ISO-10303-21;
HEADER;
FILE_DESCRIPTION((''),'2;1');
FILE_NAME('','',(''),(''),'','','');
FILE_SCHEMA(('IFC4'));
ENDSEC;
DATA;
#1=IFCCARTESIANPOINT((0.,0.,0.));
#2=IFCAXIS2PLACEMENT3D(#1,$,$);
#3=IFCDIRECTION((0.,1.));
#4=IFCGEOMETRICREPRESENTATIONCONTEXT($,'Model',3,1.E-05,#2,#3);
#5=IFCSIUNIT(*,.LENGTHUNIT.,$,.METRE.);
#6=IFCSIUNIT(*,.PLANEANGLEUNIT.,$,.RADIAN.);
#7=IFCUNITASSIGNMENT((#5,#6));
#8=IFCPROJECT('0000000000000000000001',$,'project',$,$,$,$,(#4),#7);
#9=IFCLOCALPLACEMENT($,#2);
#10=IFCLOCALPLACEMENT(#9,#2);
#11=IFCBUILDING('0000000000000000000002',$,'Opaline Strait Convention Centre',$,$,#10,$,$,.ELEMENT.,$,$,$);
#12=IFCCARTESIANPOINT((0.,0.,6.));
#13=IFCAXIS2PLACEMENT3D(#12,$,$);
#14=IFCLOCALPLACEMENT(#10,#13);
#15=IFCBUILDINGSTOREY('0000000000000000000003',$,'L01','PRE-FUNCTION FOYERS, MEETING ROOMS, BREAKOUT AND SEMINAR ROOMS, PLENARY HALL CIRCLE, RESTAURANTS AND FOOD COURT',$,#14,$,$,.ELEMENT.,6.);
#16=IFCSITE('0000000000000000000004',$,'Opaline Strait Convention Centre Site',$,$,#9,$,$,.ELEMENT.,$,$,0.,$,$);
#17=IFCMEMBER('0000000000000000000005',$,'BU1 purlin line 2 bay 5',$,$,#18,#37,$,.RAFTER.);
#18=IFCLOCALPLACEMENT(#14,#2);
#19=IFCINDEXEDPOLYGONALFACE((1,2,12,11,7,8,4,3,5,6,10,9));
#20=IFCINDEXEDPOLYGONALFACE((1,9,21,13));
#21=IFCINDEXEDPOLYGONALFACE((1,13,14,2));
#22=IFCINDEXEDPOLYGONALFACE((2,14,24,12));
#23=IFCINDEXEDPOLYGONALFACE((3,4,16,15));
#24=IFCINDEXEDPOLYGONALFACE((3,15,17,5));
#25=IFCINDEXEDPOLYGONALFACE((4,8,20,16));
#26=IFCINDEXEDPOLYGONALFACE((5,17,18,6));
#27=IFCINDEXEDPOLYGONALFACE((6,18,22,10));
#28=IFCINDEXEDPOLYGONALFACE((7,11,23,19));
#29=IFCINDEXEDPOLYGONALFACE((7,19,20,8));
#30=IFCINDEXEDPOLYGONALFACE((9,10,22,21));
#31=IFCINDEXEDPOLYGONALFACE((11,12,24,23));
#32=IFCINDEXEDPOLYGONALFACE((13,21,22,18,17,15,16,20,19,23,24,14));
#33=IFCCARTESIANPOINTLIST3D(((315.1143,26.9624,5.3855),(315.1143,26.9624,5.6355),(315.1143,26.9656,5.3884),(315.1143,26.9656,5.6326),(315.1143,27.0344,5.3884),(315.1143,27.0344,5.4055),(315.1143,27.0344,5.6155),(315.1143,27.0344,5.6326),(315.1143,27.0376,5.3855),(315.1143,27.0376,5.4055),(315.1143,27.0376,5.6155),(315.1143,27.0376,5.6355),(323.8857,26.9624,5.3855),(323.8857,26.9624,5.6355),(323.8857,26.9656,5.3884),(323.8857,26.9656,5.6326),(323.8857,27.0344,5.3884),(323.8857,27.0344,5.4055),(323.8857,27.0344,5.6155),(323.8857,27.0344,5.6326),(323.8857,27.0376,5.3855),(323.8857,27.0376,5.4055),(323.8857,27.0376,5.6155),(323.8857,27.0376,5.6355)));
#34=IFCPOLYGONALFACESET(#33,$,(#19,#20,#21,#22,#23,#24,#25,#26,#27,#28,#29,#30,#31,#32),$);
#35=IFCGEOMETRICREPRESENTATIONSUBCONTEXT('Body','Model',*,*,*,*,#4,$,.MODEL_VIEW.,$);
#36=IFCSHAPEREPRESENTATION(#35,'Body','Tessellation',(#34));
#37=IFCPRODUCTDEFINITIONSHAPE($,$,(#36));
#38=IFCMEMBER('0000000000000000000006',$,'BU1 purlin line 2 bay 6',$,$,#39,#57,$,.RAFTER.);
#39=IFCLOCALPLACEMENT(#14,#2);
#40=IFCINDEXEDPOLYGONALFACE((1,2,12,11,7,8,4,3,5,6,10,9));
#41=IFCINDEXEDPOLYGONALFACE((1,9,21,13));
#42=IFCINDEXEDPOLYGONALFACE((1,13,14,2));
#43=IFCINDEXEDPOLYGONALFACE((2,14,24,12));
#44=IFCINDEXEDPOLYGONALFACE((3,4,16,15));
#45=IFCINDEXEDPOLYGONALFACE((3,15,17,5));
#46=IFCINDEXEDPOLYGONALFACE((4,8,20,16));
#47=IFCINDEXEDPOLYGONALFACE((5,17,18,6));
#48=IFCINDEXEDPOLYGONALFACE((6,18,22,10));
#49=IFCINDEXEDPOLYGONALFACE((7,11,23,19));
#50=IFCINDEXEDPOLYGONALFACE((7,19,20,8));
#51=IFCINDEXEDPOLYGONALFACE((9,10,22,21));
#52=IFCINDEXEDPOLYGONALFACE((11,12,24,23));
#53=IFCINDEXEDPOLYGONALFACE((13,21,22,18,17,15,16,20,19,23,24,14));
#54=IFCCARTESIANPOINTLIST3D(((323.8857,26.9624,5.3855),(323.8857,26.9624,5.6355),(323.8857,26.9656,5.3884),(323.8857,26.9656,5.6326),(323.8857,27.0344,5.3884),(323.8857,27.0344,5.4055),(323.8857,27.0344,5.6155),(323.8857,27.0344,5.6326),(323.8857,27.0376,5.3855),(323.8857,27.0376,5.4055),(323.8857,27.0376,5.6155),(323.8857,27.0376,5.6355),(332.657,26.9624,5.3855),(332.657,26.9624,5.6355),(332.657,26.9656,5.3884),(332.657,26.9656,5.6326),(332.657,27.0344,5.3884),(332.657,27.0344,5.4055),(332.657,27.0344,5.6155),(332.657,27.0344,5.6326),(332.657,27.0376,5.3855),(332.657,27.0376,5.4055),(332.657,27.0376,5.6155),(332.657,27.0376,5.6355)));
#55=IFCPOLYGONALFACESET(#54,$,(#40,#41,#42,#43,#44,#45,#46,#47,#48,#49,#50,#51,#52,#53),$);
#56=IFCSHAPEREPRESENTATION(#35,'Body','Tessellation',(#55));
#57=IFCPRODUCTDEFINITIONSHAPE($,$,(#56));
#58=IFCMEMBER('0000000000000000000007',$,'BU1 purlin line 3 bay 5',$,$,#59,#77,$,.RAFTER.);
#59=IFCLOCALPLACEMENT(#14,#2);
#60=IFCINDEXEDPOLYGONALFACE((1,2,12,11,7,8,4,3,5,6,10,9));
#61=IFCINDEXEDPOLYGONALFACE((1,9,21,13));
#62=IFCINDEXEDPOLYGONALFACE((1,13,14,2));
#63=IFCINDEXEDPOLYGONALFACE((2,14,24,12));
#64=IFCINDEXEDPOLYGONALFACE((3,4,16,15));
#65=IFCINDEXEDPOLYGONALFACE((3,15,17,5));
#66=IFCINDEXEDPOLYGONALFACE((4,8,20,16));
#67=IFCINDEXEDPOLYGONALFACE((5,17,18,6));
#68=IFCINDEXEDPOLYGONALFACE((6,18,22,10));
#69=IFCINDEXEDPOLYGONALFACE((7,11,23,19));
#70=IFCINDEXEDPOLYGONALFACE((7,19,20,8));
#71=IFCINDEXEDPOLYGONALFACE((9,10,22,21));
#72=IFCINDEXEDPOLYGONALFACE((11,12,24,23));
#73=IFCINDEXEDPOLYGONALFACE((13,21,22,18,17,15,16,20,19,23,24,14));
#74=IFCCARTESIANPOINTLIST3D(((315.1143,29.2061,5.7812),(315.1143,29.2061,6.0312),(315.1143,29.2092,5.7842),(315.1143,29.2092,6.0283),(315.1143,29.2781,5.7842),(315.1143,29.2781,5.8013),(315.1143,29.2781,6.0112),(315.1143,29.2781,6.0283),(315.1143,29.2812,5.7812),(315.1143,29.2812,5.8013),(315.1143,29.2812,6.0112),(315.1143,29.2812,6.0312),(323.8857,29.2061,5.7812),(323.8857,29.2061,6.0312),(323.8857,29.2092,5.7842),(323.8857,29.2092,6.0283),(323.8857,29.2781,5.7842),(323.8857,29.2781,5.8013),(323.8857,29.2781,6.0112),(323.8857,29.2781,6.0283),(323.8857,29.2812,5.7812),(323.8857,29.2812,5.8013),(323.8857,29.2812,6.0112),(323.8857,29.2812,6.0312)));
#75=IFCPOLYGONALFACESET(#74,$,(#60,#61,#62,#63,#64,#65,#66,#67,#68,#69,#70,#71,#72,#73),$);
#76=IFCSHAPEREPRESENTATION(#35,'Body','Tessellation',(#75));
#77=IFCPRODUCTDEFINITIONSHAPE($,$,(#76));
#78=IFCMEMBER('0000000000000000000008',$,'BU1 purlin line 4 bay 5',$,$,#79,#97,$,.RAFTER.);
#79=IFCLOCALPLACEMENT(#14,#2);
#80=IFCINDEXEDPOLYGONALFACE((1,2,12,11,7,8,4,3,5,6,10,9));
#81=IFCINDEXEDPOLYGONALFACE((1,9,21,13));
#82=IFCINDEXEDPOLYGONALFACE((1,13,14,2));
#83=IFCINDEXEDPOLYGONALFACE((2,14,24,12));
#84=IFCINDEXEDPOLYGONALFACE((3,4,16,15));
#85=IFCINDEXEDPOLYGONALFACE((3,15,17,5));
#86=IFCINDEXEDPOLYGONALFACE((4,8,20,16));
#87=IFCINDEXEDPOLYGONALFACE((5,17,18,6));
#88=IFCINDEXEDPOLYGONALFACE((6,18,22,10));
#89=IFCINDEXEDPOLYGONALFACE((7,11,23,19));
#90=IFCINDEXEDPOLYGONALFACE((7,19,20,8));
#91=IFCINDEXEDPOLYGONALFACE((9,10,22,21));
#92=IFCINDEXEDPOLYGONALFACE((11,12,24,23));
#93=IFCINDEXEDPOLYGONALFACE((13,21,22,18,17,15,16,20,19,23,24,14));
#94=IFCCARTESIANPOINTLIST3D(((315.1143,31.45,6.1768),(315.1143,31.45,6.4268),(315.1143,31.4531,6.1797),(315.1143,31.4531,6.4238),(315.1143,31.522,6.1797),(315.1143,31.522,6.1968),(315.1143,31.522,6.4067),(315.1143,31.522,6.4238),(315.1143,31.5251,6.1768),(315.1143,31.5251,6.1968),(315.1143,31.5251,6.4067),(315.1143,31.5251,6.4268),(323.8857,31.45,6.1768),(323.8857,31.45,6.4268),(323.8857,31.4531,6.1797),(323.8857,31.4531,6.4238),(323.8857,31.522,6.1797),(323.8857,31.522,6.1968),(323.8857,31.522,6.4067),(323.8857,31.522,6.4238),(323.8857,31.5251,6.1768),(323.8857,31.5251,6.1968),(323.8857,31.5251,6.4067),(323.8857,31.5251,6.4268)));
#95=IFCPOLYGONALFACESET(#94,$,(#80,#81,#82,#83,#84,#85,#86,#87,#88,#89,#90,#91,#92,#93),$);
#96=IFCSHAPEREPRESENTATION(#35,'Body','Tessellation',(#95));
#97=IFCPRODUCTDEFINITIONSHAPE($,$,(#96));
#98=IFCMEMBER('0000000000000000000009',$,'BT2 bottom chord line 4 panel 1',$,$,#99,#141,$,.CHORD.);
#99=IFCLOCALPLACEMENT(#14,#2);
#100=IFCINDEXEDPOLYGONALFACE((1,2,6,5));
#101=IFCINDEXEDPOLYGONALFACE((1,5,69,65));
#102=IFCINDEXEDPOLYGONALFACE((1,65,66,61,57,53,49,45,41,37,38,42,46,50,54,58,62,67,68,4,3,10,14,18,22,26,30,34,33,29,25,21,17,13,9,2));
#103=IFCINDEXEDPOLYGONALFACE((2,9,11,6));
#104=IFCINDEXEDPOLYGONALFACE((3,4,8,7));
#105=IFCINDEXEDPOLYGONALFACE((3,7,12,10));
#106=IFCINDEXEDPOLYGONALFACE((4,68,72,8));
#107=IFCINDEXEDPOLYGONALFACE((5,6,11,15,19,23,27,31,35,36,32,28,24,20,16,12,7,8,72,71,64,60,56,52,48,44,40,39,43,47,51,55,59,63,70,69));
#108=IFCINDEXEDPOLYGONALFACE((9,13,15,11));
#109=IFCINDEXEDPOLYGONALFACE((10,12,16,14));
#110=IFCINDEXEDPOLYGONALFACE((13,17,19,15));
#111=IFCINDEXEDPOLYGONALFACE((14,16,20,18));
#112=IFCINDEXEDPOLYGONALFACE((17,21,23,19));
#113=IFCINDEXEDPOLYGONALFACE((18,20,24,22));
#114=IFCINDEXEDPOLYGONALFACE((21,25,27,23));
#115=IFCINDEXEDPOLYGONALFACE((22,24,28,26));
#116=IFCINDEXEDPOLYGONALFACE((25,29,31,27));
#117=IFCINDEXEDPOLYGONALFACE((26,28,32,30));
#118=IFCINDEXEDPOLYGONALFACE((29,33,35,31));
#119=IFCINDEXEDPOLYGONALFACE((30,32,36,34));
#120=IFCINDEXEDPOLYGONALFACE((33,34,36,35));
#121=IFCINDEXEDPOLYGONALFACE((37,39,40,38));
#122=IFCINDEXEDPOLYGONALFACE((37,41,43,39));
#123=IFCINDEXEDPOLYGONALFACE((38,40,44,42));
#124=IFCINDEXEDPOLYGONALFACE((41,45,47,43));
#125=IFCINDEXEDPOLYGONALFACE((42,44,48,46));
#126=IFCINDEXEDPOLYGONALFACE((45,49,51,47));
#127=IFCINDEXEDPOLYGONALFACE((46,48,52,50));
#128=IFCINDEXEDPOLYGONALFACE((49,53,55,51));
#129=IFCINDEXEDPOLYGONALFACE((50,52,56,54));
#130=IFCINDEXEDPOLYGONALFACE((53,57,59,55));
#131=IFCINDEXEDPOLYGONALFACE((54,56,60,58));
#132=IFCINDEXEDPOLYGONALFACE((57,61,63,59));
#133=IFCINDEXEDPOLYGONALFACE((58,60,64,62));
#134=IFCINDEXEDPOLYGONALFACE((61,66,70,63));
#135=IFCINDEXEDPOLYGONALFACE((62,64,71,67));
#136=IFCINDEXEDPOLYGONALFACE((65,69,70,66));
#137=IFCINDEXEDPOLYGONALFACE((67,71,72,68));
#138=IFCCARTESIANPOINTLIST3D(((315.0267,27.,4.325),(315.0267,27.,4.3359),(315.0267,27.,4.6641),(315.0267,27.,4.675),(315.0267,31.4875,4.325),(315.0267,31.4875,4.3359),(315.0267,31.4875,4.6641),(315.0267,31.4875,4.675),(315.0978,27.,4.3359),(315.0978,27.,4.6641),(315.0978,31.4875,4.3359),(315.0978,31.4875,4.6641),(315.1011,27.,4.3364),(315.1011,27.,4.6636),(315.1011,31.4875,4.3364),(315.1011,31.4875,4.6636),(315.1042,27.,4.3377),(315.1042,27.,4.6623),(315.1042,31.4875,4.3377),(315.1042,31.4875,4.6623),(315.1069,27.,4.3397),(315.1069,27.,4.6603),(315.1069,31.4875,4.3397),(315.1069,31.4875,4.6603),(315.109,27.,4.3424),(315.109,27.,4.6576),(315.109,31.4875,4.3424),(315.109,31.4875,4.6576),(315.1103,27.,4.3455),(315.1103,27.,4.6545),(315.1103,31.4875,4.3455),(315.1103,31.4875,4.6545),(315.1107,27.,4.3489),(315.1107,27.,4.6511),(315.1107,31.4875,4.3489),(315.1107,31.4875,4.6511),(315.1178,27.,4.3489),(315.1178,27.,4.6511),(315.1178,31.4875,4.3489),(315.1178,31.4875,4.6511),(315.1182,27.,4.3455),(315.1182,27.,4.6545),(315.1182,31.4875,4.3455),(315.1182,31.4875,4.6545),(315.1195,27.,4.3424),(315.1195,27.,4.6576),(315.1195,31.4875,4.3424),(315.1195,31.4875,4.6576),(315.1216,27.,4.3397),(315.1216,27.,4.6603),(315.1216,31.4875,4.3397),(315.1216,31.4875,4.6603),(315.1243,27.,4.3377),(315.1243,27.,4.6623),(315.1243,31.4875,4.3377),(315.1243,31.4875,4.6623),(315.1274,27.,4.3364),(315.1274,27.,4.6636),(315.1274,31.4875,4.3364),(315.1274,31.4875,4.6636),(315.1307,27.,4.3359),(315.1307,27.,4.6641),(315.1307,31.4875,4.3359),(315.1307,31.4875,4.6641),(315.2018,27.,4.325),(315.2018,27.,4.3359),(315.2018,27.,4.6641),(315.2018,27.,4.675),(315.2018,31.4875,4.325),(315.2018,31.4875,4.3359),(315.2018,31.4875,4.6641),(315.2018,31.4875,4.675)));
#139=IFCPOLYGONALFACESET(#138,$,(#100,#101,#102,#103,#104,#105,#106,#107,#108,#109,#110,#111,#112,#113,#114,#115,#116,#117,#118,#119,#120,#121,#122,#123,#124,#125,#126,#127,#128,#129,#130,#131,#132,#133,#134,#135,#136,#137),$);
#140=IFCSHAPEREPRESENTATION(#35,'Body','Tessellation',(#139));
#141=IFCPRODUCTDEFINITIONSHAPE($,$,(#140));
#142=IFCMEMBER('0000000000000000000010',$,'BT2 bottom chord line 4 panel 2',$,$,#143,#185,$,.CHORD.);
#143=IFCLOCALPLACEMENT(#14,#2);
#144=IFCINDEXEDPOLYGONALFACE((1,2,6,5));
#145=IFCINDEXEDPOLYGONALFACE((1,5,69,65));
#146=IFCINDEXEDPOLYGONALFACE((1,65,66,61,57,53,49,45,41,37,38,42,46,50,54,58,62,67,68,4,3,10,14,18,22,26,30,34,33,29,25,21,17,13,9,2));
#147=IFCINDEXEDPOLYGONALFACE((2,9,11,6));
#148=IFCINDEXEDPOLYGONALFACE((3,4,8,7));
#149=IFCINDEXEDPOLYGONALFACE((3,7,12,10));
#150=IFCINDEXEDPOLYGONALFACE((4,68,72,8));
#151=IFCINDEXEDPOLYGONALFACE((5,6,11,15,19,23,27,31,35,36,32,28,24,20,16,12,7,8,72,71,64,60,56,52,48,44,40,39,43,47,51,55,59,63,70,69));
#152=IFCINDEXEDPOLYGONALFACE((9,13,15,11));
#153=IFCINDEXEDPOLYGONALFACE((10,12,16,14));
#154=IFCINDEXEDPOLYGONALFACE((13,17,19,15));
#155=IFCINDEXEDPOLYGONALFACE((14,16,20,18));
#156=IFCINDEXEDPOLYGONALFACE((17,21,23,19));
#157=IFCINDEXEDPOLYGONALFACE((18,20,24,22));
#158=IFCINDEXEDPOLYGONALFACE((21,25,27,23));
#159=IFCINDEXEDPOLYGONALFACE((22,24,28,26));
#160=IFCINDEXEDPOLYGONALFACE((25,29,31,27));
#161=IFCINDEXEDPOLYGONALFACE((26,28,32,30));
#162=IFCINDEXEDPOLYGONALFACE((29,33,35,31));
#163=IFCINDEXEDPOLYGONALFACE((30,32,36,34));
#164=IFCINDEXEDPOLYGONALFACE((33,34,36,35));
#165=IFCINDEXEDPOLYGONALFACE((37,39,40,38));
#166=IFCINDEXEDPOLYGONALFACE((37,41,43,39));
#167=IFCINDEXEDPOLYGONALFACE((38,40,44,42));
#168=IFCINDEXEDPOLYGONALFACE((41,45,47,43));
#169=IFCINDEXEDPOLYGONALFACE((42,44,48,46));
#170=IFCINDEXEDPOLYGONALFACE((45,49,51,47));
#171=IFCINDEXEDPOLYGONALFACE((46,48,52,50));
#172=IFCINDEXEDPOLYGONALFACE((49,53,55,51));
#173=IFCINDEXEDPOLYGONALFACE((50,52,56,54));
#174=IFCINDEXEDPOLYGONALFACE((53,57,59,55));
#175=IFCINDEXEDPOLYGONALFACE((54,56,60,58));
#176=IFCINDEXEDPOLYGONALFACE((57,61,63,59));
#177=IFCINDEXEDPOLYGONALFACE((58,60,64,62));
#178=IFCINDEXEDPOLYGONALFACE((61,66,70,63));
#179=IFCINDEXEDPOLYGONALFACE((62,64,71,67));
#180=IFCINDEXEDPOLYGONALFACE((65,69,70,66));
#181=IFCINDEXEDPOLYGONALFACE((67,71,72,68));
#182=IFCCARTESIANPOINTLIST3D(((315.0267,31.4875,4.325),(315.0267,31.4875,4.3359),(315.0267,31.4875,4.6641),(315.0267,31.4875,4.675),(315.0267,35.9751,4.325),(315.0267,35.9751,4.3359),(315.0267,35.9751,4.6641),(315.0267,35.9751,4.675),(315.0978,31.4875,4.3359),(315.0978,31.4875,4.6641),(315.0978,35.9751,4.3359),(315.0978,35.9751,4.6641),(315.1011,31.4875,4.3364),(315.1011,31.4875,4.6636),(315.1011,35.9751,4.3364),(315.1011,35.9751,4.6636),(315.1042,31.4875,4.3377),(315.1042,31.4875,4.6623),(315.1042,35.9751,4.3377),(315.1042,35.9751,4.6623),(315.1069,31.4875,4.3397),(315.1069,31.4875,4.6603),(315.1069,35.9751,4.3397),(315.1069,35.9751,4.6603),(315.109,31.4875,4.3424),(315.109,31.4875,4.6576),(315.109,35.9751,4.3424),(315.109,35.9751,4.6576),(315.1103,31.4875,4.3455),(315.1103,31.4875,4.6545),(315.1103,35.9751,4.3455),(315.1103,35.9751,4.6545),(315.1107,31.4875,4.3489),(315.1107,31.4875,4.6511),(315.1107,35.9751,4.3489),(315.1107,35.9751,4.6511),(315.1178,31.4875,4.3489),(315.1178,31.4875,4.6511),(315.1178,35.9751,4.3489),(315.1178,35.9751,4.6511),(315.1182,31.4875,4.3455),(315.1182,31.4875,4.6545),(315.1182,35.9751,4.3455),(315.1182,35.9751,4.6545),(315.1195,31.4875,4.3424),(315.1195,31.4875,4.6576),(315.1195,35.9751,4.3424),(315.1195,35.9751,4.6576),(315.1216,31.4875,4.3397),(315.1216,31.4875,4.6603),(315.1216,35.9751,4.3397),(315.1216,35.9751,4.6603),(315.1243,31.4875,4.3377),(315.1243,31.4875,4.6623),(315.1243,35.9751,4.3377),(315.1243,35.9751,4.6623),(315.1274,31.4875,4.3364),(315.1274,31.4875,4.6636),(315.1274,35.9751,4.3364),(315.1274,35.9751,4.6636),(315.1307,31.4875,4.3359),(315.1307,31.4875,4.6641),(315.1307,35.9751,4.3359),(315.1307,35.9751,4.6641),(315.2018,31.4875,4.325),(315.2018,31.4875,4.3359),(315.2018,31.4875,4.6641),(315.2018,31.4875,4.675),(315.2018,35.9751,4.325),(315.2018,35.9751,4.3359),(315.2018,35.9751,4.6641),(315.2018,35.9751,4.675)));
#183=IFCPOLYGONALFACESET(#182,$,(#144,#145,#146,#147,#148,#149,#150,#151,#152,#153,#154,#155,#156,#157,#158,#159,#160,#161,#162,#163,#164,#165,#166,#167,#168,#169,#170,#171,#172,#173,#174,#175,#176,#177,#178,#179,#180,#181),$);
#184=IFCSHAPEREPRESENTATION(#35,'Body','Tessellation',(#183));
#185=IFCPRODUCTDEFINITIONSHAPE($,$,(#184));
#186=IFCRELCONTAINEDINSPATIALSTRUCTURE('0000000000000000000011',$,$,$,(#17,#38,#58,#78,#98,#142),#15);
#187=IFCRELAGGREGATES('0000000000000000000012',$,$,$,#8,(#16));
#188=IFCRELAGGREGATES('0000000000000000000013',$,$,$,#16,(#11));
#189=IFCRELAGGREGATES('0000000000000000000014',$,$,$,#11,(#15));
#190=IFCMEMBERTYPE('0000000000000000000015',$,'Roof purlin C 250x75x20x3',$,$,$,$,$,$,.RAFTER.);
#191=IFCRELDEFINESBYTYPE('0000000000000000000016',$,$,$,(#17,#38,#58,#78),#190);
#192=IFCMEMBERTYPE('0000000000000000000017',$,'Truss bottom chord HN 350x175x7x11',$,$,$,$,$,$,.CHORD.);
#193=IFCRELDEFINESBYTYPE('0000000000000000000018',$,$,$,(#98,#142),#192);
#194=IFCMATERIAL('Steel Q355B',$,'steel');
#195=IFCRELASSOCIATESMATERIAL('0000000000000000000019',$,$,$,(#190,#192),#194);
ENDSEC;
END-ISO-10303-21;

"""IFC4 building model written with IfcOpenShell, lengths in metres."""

from ifc_helpers import new_model, si_unit, direction, frame, origin, origin_2d, place, context, subcontext, project, spatial, polyline, i_section, outline, extrude, material, material_profile, profile_set, type_object, element, save


model = new_model("IFC4")

# Units and contexts
model_context = context("Model", 3, precision=1e-05, world=origin(), true_north=direction((0.0, 1.0)))
body_context = subcontext(model_context, "Body", "Model", "MODEL_VIEW")
ifc_project = project(units=[si_unit("LENGTHUNIT", "METRE"), si_unit("PLANEANGLEUNIT", "RADIAN")], contexts=[model_context])

# Site, building, storey
site_placement = place(None, origin())
site = spatial("IfcSite", under=ifc_project, at=site_placement, Name="Opaline Strait Convention Centre Site", CompositionType="ELEMENT", RefElevation=0.0)
building_placement = place(site_placement, origin())
building = spatial("IfcBuilding", under=site, at=building_placement, Name="Opaline Strait Convention Centre", CompositionType="ELEMENT")
storey_placement = place(building_placement, frame((0.0, 0.0, 6.0)))
storey = spatial("IfcBuildingStorey", under=building, at=storey_placement, Name="L01", Description="PRE-FUNCTION FOYERS, MEETING ROOMS, BREAKOUT AND SEMINAR ROOMS, PLENARY HALL CIRCLE, RESTAURANTS AND FOOD COURT", CompositionType="ELEMENT", Elevation=6.0)

# Members
ifc_material_1 = material(Name="Steel Q355B", Category="steel")
ifc_material_profile_1 = material_profile(ifc_material_1, outline(polyline([(-0.0376, -0.125), (0.0376, -0.125), (0.0376, -0.105), (0.0344, -0.105), (0.0344, -0.1221), (-0.0344, -0.1221), (-0.0344, 0.1221), (0.0344, 0.1221), (0.0344, 0.105), (0.0376, 0.105), (0.0376, 0.125), (-0.0376, 0.125), (-0.0376, -0.125)])), Name="C 250x75x20x3")
ifc_profile_set_1 = profile_set([ifc_material_profile_1], Name="Steel Q355B")
member_type_1 = type_object("IfcMemberType", Name="Roof purlin C 250x75x20x3", PredefinedType="RAFTER", material=ifc_profile_set_1)
member_1_placement = place(storey_placement, frame((315.1143, 27.0, 5.5105), z_axis=(1.0, 0.0, 0.0), x_axis=(0.0, 1.0, 0.0)))
element("IfcMember", 1, at=member_1_placement, inside=storey, type_object=member_type_1, Name="BU1 purlin line 2 bay 5", PredefinedType="RAFTER", context=body_context, shape_type="SweptSolid", body=[
    extrude(outline(polyline([(-0.0376, -0.125), (0.0376, -0.125), (0.0376, -0.105), (0.0344, -0.105), (0.0344, -0.1221), (-0.0344, -0.1221), (-0.0344, 0.1221), (0.0344, 0.1221), (0.0344, 0.105), (0.0376, 0.105), (0.0376, 0.125), (-0.0376, 0.125), (-0.0376, -0.125)])), origin(), (0.0, 0.0, 1.0), 8.7715),
])
member_2_placement = place(storey_placement, frame((323.8857, 27.0, 5.5105), z_axis=(1.0, 0.0, 0.0), x_axis=(0.0, 1.0, 0.0)))
element("IfcMember", 2, at=member_2_placement, inside=storey, type_object=member_type_1, Name="BU1 purlin line 2 bay 6", PredefinedType="RAFTER", context=body_context, shape_type="SweptSolid", body=[
    extrude(outline(polyline([(-0.0376, -0.125), (0.0376, -0.125), (0.0376, -0.105), (0.0344, -0.105), (0.0344, -0.1221), (-0.0344, -0.1221), (-0.0344, 0.1221), (0.0344, 0.1221), (0.0344, 0.105), (0.0376, 0.105), (0.0376, 0.125), (-0.0376, 0.125), (-0.0376, -0.125)])), origin(), (0.0, 0.0, 1.0), 8.7712),
])
for number, where, z_axis, x_axis, name in (
    (3, (315.1143, 29.2437, 5.9062), (1.0, 0.0, 0.0), (0.0, 1.0, 0.0), "BU1 purlin line 3 bay 5"),
    (4, (315.1143, 31.4875, 6.3018), (1.0, 0.0, 0.0), (0.0, 1.0, 0.0), "BU1 purlin line 4 bay 5"),
):
    element("IfcMember", number, at=place(storey_placement, frame(where, z_axis=z_axis, x_axis=x_axis)), inside=storey, type_object=member_type_1, Name=name, PredefinedType="RAFTER", context=body_context, shape_type="SweptSolid", body=[
        extrude(outline(polyline([(-0.0376, -0.125), (0.0376, -0.125), (0.0376, -0.105), (0.0344, -0.105), (0.0344, -0.1221), (-0.0344, -0.1221), (-0.0344, 0.1221), (0.0344, 0.1221), (0.0344, 0.105), (0.0376, 0.105), (0.0376, 0.125), (-0.0376, 0.125), (-0.0376, -0.125)])), origin(), (0.0, 0.0, 1.0), 8.7715),
    ])
ifc_material_profile_2 = material_profile(ifc_material_1, i_section(OverallWidth=0.175, OverallDepth=0.3501, WebThickness=0.0071, FlangeThickness=0.011, FilletRadius=0.0129, at=origin_2d()), Name="HN 350x175x7x11")
ifc_profile_set_2 = profile_set([ifc_material_profile_2], Name="Steel Q355B")
member_type_2 = type_object("IfcMemberType", Name="Truss bottom chord HN 350x175x7x11", PredefinedType="CHORD", material=ifc_profile_set_2)
for number, where, z_axis, x_axis, name in (
    (5, (315.1143, 27.0, 4.5), (0.0, 1.0, 0.0), (-1.0, 0.0, 0.0), "BT2 bottom chord line 4 panel 1"),
    (6, (315.1143, 31.4875, 4.5), (0.0, 1.0, 0.0), (-1.0, 0.0, 0.0), "BT2 bottom chord line 4 panel 2"),
):
    element("IfcMember", number, at=place(storey_placement, frame(where, z_axis=z_axis, x_axis=x_axis)), inside=storey, type_object=member_type_2, Name=name, PredefinedType="CHORD", context=body_context, shape_type="SweptSolid", body=[
        extrude(i_section(OverallWidth=0.175, OverallDepth=0.3501, WebThickness=0.0071, FlangeThickness=0.011, FilletRadius=0.0129, at=origin_2d()), origin(), (0.0, 0.0, 1.0), 4.4875),
    ])

save(model, "model.ifc")
